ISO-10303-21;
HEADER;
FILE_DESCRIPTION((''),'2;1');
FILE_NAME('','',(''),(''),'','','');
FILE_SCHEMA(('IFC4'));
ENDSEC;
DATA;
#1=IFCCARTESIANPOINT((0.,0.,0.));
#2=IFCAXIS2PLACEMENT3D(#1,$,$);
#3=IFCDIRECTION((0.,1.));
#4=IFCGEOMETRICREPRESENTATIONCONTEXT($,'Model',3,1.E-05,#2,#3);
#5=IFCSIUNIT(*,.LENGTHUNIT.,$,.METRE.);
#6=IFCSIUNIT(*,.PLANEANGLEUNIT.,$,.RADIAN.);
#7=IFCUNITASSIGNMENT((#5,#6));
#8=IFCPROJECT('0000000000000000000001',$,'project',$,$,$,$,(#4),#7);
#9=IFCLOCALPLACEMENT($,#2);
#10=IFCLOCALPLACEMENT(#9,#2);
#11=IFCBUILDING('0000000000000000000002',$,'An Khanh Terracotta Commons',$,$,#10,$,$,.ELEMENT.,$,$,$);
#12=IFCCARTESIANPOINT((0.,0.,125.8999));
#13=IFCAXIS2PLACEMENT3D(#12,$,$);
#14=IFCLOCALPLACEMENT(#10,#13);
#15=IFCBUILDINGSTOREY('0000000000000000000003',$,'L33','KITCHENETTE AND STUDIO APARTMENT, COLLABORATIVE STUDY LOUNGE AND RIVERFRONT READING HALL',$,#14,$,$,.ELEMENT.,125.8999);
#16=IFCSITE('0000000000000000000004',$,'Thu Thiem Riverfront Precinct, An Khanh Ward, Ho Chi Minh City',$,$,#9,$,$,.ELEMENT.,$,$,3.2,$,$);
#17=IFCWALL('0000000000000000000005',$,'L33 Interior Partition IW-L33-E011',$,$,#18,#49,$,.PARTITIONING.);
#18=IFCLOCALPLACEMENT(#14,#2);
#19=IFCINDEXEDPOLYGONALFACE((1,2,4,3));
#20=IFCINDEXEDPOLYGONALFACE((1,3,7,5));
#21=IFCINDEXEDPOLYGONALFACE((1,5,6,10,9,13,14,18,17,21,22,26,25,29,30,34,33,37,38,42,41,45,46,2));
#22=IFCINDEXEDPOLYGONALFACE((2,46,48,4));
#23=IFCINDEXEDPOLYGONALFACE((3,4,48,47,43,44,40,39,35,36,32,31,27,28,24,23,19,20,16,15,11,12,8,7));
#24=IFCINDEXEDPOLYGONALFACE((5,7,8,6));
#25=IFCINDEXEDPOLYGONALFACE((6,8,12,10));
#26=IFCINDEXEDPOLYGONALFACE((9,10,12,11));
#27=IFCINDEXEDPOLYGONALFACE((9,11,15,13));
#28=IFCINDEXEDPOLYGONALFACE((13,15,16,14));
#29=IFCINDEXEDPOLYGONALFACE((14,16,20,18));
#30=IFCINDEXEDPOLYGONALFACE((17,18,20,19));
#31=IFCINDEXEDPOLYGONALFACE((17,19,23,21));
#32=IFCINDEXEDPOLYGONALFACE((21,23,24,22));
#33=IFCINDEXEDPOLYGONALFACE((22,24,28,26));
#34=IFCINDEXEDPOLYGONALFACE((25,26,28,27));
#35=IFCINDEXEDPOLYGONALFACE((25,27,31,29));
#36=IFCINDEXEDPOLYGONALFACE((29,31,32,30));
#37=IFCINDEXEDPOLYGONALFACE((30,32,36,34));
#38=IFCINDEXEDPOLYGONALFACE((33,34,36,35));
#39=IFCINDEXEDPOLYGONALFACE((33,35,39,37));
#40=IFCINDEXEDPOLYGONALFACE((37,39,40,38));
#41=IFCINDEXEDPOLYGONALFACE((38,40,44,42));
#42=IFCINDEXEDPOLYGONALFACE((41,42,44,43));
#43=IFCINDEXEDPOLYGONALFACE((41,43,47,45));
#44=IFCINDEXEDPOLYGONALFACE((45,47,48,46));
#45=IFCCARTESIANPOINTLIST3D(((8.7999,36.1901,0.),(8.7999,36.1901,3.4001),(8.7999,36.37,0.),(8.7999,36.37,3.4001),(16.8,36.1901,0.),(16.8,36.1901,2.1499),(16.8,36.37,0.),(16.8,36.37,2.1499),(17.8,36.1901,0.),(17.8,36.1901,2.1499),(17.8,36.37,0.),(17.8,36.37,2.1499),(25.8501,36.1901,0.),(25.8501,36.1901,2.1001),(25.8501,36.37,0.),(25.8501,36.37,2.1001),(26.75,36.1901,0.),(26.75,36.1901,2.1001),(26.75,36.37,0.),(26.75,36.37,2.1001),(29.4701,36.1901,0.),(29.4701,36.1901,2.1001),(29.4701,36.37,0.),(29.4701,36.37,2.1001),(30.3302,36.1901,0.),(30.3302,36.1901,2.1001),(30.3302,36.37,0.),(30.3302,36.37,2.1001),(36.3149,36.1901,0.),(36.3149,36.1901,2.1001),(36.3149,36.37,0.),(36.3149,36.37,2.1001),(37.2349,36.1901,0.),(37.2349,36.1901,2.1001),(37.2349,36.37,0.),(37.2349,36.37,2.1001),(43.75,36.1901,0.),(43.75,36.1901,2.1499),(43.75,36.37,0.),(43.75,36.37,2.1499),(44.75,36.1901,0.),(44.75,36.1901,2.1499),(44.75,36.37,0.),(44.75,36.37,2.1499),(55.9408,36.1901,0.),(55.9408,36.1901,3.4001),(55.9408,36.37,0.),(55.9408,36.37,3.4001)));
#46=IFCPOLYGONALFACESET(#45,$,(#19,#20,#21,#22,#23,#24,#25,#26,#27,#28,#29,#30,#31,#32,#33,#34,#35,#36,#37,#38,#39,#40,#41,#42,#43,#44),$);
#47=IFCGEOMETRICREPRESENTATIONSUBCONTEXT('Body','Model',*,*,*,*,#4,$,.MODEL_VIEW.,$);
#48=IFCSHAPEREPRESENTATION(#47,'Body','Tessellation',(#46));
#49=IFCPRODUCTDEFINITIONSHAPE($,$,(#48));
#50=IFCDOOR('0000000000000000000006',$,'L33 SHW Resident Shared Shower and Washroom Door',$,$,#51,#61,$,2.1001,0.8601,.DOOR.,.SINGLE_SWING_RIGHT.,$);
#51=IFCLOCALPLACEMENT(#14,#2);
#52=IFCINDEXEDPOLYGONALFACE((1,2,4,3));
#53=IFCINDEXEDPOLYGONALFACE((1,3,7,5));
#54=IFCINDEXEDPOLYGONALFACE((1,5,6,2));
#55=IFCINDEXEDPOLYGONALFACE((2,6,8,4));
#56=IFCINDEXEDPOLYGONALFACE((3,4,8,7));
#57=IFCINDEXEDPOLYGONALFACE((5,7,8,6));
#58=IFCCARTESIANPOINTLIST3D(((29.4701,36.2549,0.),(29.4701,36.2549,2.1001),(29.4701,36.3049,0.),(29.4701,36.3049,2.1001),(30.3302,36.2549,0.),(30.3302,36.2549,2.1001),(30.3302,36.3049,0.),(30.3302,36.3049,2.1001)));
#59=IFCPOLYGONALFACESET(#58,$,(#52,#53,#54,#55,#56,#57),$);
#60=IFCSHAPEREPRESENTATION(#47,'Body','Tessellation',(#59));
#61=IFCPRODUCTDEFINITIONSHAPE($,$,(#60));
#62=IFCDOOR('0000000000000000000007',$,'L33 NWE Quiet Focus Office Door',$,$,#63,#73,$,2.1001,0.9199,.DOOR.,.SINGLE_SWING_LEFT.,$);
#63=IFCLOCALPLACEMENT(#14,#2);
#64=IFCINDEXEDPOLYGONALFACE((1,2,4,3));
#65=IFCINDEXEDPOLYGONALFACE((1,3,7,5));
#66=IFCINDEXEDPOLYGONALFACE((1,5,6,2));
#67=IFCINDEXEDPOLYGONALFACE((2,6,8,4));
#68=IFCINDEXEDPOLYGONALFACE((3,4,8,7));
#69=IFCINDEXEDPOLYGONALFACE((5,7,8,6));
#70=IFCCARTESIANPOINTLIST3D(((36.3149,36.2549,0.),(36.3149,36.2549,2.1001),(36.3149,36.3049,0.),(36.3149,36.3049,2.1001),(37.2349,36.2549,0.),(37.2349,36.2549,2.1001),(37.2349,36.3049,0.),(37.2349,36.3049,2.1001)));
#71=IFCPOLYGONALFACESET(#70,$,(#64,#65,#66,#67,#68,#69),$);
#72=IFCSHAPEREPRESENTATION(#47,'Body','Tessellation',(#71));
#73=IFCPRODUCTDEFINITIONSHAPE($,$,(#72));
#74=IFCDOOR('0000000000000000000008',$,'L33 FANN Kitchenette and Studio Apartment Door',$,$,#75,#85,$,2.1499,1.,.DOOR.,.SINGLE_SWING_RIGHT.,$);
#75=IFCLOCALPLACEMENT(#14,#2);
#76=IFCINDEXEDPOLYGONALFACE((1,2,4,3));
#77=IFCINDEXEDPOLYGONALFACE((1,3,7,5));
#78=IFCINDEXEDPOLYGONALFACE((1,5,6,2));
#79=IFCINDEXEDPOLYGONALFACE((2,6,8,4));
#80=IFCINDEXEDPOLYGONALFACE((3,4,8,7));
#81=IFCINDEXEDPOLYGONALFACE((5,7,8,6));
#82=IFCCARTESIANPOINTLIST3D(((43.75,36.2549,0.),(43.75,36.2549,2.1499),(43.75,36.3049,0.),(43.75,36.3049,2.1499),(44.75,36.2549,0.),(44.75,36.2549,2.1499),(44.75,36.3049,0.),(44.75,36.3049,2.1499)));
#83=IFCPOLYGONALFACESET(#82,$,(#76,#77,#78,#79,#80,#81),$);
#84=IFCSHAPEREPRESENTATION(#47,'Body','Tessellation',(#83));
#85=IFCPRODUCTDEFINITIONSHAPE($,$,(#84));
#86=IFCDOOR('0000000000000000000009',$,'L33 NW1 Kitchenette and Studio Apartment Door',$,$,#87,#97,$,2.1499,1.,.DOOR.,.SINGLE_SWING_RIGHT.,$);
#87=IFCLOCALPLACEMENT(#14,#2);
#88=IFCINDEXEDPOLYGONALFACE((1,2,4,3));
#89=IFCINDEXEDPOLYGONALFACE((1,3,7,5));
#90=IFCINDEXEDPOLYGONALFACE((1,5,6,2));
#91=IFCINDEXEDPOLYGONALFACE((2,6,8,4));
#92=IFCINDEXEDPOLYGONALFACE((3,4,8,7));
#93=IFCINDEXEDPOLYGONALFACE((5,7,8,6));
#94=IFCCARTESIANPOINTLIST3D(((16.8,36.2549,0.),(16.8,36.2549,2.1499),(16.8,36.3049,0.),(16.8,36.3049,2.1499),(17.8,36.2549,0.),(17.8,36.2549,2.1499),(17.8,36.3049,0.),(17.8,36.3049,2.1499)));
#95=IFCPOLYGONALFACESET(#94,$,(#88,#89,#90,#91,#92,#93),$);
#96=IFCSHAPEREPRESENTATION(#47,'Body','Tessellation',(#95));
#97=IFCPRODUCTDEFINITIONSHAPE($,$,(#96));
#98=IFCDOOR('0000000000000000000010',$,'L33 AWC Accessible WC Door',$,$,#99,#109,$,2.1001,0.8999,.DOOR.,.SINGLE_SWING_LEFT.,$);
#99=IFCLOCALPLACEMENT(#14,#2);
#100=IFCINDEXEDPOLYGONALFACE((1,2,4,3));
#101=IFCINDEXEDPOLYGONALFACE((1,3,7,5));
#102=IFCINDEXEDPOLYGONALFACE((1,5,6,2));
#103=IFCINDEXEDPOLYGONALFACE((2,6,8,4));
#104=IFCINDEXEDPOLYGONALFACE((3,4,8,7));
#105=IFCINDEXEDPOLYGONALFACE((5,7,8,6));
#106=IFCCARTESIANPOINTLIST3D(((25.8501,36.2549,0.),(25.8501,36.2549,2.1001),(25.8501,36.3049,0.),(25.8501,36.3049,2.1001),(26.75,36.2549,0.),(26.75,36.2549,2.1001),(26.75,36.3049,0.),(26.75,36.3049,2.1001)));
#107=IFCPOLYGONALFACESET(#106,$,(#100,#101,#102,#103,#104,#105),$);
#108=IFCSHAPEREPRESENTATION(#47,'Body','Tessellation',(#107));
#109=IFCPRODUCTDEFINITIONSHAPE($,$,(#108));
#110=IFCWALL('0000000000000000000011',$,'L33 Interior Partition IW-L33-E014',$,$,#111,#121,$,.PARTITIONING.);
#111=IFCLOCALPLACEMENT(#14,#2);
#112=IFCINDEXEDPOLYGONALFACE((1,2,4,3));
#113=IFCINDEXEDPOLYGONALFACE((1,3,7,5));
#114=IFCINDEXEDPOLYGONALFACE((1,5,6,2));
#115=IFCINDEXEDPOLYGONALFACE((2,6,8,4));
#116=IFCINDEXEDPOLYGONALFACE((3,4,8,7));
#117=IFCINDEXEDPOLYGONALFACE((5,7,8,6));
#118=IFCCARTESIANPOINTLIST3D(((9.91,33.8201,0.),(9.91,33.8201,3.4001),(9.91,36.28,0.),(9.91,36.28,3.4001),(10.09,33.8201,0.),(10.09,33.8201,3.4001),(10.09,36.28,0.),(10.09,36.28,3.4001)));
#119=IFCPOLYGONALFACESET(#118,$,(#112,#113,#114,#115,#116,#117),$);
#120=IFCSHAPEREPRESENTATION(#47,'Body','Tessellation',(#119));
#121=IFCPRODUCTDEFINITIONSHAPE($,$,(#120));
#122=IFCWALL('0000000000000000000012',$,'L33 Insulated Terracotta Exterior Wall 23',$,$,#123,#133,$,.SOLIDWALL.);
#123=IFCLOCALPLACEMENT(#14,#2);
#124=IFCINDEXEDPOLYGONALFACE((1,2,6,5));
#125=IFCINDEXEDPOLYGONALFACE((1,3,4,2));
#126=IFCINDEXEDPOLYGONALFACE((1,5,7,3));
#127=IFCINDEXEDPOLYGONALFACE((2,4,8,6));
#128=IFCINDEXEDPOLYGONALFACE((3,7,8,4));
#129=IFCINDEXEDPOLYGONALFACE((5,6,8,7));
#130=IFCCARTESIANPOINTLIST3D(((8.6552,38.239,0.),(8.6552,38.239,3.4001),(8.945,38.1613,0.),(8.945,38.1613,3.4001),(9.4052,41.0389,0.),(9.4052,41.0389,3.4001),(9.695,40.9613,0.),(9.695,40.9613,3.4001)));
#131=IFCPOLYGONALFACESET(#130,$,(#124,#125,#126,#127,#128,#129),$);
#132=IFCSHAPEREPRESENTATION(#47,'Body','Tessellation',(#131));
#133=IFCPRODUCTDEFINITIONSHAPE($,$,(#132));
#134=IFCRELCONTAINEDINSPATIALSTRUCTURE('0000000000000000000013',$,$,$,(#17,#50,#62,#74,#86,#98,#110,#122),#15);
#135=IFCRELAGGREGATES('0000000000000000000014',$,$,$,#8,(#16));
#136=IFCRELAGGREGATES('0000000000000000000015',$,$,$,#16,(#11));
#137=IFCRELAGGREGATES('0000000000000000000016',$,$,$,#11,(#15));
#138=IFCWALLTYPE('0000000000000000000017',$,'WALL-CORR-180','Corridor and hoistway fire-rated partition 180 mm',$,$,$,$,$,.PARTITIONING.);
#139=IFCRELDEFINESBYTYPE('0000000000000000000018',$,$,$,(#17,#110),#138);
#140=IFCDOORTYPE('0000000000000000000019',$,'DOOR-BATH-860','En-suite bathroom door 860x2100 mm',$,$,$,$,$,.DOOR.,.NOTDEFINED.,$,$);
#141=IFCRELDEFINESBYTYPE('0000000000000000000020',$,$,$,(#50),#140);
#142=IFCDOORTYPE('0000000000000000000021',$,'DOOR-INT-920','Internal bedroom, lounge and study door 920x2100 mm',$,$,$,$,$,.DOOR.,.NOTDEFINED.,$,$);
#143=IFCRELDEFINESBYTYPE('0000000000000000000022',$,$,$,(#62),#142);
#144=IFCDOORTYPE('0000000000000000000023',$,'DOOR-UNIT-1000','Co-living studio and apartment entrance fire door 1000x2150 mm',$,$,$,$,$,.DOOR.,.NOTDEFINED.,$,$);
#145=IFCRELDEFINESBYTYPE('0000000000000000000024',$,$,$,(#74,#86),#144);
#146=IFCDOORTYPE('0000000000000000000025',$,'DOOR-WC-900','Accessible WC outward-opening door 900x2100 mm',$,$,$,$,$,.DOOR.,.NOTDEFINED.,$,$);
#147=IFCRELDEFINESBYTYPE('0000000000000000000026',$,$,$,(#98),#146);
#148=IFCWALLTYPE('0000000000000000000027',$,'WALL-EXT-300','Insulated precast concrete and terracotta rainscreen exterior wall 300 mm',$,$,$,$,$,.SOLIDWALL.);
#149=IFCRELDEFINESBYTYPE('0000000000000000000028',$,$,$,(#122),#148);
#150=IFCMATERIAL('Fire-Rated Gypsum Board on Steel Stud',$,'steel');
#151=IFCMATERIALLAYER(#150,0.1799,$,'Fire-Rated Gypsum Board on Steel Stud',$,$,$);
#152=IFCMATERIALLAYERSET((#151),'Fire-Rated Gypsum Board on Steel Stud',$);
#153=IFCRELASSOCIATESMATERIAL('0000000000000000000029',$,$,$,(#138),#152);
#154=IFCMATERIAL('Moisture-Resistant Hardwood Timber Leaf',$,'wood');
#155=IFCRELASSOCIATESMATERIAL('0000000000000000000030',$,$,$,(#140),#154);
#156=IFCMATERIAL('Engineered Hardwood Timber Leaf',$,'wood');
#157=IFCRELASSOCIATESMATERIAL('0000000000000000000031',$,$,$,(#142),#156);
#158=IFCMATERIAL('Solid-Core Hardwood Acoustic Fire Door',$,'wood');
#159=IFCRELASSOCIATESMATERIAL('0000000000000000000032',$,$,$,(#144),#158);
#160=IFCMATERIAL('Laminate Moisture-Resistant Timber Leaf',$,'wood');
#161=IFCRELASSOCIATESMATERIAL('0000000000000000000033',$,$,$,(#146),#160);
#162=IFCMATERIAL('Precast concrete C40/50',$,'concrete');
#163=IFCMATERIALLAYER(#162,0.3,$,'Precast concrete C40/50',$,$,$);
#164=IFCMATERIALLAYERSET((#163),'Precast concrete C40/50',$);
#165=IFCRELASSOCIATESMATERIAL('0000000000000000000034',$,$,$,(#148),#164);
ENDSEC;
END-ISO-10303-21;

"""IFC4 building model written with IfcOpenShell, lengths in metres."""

from ifc_helpers import new_model, si_unit, direction, frame, frame_2d, origin, place, context, subcontext, project, spatial, rectangle, extrude, material, layer, layer_set, type_object, element, fill, save


model = new_model("IFC4")

# Units and contexts
model_context = context("Model", 3, precision=1e-05, world=origin(), true_north=direction((0.0, 1.0)))
body_context = subcontext(model_context, "Body", "Model", "MODEL_VIEW")
ifc_project = project(units=[si_unit("LENGTHUNIT", "METRE"), si_unit("PLANEANGLEUNIT", "RADIAN")], contexts=[model_context])

# Site, building, storey
site_placement = place(None, origin())
site = spatial("IfcSite", under=ifc_project, at=site_placement, Name="Thu Thiem Riverfront Precinct, An Khanh Ward, Ho Chi Minh City", CompositionType="ELEMENT", RefElevation=3.2)
building_placement = place(site_placement, origin())
building = spatial("IfcBuilding", under=site, at=building_placement, Name="An Khanh Terracotta Commons", CompositionType="ELEMENT")
storey_placement = place(building_placement, frame((0.0, 0.0, 125.8999)))
storey = spatial("IfcBuildingStorey", under=building, at=storey_placement, Name="L33", Description="KITCHENETTE AND STUDIO APARTMENT, COLLABORATIVE STUDY LOUNGE AND RIVERFRONT READING HALL", CompositionType="ELEMENT", Elevation=125.8999)

# Wall, openings, doors
ifc_material_1 = material(Name="Fire-Rated Gypsum Board on Steel Stud", Category="steel")
ifc_layer_1 = layer(ifc_material_1, 0.1799, Name="Fire-Rated Gypsum Board on Steel Stud")
ifc_layer_set_1 = layer_set([ifc_layer_1], Name="Fire-Rated Gypsum Board on Steel Stud")
wall_type_1 = type_object("IfcWallType", Name="WALL-CORR-180", Description="Corridor and hoistway fire-rated partition 180 mm", PredefinedType="PARTITIONING", material=ifc_layer_set_1)
wall_1_placement = place(storey_placement, frame((8.8, 36.28, 0.0), z_axis=(0.0, 0.0, 1.0), x_axis=(1.0, 0.0, 0.0)))
wall_1 = element("IfcWall", 1, at=wall_1_placement, inside=storey, type_object=wall_type_1, Name="L33 Interior Partition IW-L33-E011", PredefinedType="PARTITIONING", context=body_context, shape_type="SweptSolid", body=[
    extrude(rectangle(XDim=47.1409, YDim=0.1799, at=frame_2d((23.5703, 0.0))), origin(), (0.0, 0.0, 1.0), 3.4001),
])
opening_1_placement = place(wall_1_placement, frame((17.05, 0.0, 0.0)))
opening_1 = element("IfcOpeningElement", 2, at=opening_1_placement, cuts=wall_1, PredefinedType="OPENING", context=body_context, shape_type="SweptSolid", body=[
    extrude(rectangle(XDim=0.8999, YDim=2.1001, at=frame_2d((0.45, 1.05))), frame((0.0, 0.0999, 0.0), z_axis=(0.0, -1.0, 0.0), x_axis=(1.0, 0.0, 0.0)), (0.0, 0.0, 1.0), 0.2),
])
opening_2_placement = place(wall_1_placement, frame((20.6699, 0.0, 0.0)))
opening_2 = element("IfcOpeningElement", 3, at=opening_2_placement, cuts=wall_1, PredefinedType="OPENING", context=body_context, shape_type="SweptSolid", body=[
    extrude(rectangle(XDim=0.8601, YDim=2.1001, at=frame_2d((0.4302, 1.05))), frame((0.0, 0.0999, 0.0), z_axis=(0.0, -1.0, 0.0), x_axis=(1.0, 0.0, 0.0)), (0.0, 0.0, 1.0), 0.2),
])
opening_3_placement = place(wall_1_placement, frame((34.95, 0.0, 0.0)))
opening_3 = element("IfcOpeningElement", 4, at=opening_3_placement, cuts=wall_1, PredefinedType="OPENING", context=body_context, shape_type="SweptSolid", body=[
    extrude(rectangle(XDim=1.0, YDim=2.1499, at=frame_2d((0.5, 1.075))), frame((0.0, 0.0999, 0.0), z_axis=(0.0, -1.0, 0.0), x_axis=(1.0, 0.0, 0.0)), (0.0, 0.0, 1.0), 0.2),
])
opening_4_placement = place(wall_1_placement, frame((8.0, 0.0, 0.0)))
opening_4 = element("IfcOpeningElement", 5, at=opening_4_placement, cuts=wall_1, PredefinedType="OPENING", context=body_context, shape_type="SweptSolid", body=[
    extrude(rectangle(XDim=1.0, YDim=2.1499, at=frame_2d((0.5, 1.075))), frame((0.0, 0.0999, 0.0), z_axis=(0.0, -1.0, 0.0), x_axis=(1.0, 0.0, 0.0)), (0.0, 0.0, 1.0), 0.2),
])
opening_5_placement = place(wall_1_placement, frame((27.5149, 0.0, 0.0)))
opening_5 = element("IfcOpeningElement", 6, at=opening_5_placement, cuts=wall_1, PredefinedType="OPENING", context=body_context, shape_type="SweptSolid", body=[
    extrude(rectangle(XDim=0.9199, YDim=2.1001, at=frame_2d((0.46, 1.05))), frame((0.0, 0.0999, 0.0), z_axis=(0.0, -1.0, 0.0), x_axis=(1.0, 0.0, 0.0)), (0.0, 0.0, 1.0), 0.2),
])
ifc_material_2 = material(Name="Moisture-Resistant Hardwood Timber Leaf", Category="wood")
door_type_1 = type_object("IfcDoorType", Name="DOOR-BATH-860", Description="En-suite bathroom door 860x2100 mm", OperationType="NOTDEFINED", PredefinedType="DOOR", material=ifc_material_2)
door_1_placement = place(opening_2_placement, origin())
door_1 = element("IfcDoor", 7, at=door_1_placement, inside=storey, type_object=door_type_1, Name="L33 SHW Resident Shared Shower and Washroom Door", OperationType="SINGLE_SWING_RIGHT", OverallHeight=2.1001, OverallWidth=0.8601, PredefinedType="DOOR", context=body_context, shape_type="SweptSolid", body=[
    extrude(rectangle(XDim=0.8601, YDim=2.1001, at=frame_2d((0.4302, 1.05))), frame((0.0, 0.0249, 0.0), z_axis=(0.0, -1.0, 0.0), x_axis=(1.0, 0.0, 0.0)), (0.0, 0.0, 1.0), 0.05),
])
fill(opening_2, door_1)
ifc_material_3 = material(Name="Engineered Hardwood Timber Leaf", Category="wood")
door_type_2 = type_object("IfcDoorType", Name="DOOR-INT-920", Description="Internal bedroom, lounge and study door 920x2100 mm", OperationType="NOTDEFINED", PredefinedType="DOOR", material=ifc_material_3)
door_2_placement = place(opening_5_placement, origin())
door_2 = element("IfcDoor", 8, at=door_2_placement, inside=storey, type_object=door_type_2, Name="L33 NWE Quiet Focus Office Door", OperationType="SINGLE_SWING_LEFT", OverallHeight=2.1001, OverallWidth=0.9199, PredefinedType="DOOR", context=body_context, shape_type="SweptSolid", body=[
    extrude(rectangle(XDim=0.9199, YDim=2.1001, at=frame_2d((0.46, 1.05))), frame((0.0, 0.0249, 0.0), z_axis=(0.0, -1.0, 0.0), x_axis=(1.0, 0.0, 0.0)), (0.0, 0.0, 1.0), 0.05),
])
fill(opening_5, door_2)
ifc_material_4 = material(Name="Solid-Core Hardwood Acoustic Fire Door", Category="wood")
door_type_3 = type_object("IfcDoorType", Name="DOOR-UNIT-1000", Description="Co-living studio and apartment entrance fire door 1000x2150 mm", OperationType="NOTDEFINED", PredefinedType="DOOR", material=ifc_material_4)
door_3_placement = place(opening_3_placement, origin())
door_3 = element("IfcDoor", 9, at=door_3_placement, inside=storey, type_object=door_type_3, Name="L33 FANN Kitchenette and Studio Apartment Door", OperationType="SINGLE_SWING_RIGHT", OverallHeight=2.1499, OverallWidth=1.0, PredefinedType="DOOR", context=body_context, shape_type="SweptSolid", body=[
    extrude(rectangle(XDim=1.0, YDim=2.1499, at=frame_2d((0.5, 1.075))), frame((0.0, 0.0249, 0.0), z_axis=(0.0, -1.0, 0.0), x_axis=(1.0, 0.0, 0.0)), (0.0, 0.0, 1.0), 0.05),
])
fill(opening_3, door_3)
door_4_placement = place(opening_4_placement, origin())
door_4 = element("IfcDoor", 10, at=door_4_placement, inside=storey, type_object=door_type_3, Name="L33 NW1 Kitchenette and Studio Apartment Door", OperationType="SINGLE_SWING_RIGHT", OverallHeight=2.1499, OverallWidth=1.0, PredefinedType="DOOR", context=body_context, shape_type="SweptSolid", body=[
    extrude(rectangle(XDim=1.0, YDim=2.1499, at=frame_2d((0.5, 1.075))), frame((0.0, 0.0249, 0.0), z_axis=(0.0, -1.0, 0.0), x_axis=(1.0, 0.0, 0.0)), (0.0, 0.0, 1.0), 0.05),
])
fill(opening_4, door_4)
ifc_material_5 = material(Name="Laminate Moisture-Resistant Timber Leaf", Category="wood")
door_type_4 = type_object("IfcDoorType", Name="DOOR-WC-900", Description="Accessible WC outward-opening door 900x2100 mm", OperationType="NOTDEFINED", PredefinedType="DOOR", material=ifc_material_5)
door_5_placement = place(opening_1_placement, origin())
door_5 = element("IfcDoor", 11, at=door_5_placement, inside=storey, type_object=door_type_4, Name="L33 AWC Accessible WC Door", OperationType="SINGLE_SWING_LEFT", OverallHeight=2.1001, OverallWidth=0.8999, PredefinedType="DOOR", context=body_context, shape_type="SweptSolid", body=[
    extrude(rectangle(XDim=0.8999, YDim=2.1001, at=frame_2d((0.45, 1.05))), frame((0.0, 0.0249, 0.0), z_axis=(0.0, -1.0, 0.0), x_axis=(1.0, 0.0, 0.0)), (0.0, 0.0, 1.0), 0.05),
])
fill(opening_1, door_5)

# Walls
wall_2_placement = place(storey_placement, frame((10.0, 33.8201, 0.0), z_axis=(0.0, 0.0, 1.0), x_axis=(0.0, 1.0, 0.0)))
element("IfcWall", 12, at=wall_2_placement, inside=storey, type_object=wall_type_1, Name="L33 Interior Partition IW-L33-E014", PredefinedType="PARTITIONING", context=body_context, shape_type="SweptSolid", body=[
    extrude(rectangle(XDim=2.46, YDim=0.1799, at=frame_2d((1.23, 0.0))), origin(), (0.0, 0.0, 1.0), 3.4001),
])
ifc_material_6 = material(Name="Precast concrete C40/50", Category="concrete")
ifc_layer_2 = layer(ifc_material_6, 0.3, Name="Precast concrete C40/50")
ifc_layer_set_2 = layer_set([ifc_layer_2], Name="Precast concrete C40/50")
wall_type_2 = type_object("IfcWallType", Name="WALL-EXT-300", Description="Insulated precast concrete and terracotta rainscreen exterior wall 300 mm", PredefinedType="SOLIDWALL", material=ifc_layer_set_2)
wall_3_placement = place(storey_placement, frame((9.55, 41.0, 0.0), z_axis=(0.0, 0.0, 1.0), x_axis=(-0.258732, -0.965949, 0.0)))
element("IfcWall", 13, at=wall_3_placement, inside=storey, type_object=wall_type_2, Name="L33 Insulated Terracotta Exterior Wall 23", PredefinedType="SOLIDWALL", context=body_context, shape_type="SweptSolid", body=[
    extrude(rectangle(XDim=2.8987, YDim=0.3, at=frame_2d((1.4492, 0.0))), origin(), (0.0, 0.0, 1.0), 3.4001),
])

save(model, "model.ifc")
